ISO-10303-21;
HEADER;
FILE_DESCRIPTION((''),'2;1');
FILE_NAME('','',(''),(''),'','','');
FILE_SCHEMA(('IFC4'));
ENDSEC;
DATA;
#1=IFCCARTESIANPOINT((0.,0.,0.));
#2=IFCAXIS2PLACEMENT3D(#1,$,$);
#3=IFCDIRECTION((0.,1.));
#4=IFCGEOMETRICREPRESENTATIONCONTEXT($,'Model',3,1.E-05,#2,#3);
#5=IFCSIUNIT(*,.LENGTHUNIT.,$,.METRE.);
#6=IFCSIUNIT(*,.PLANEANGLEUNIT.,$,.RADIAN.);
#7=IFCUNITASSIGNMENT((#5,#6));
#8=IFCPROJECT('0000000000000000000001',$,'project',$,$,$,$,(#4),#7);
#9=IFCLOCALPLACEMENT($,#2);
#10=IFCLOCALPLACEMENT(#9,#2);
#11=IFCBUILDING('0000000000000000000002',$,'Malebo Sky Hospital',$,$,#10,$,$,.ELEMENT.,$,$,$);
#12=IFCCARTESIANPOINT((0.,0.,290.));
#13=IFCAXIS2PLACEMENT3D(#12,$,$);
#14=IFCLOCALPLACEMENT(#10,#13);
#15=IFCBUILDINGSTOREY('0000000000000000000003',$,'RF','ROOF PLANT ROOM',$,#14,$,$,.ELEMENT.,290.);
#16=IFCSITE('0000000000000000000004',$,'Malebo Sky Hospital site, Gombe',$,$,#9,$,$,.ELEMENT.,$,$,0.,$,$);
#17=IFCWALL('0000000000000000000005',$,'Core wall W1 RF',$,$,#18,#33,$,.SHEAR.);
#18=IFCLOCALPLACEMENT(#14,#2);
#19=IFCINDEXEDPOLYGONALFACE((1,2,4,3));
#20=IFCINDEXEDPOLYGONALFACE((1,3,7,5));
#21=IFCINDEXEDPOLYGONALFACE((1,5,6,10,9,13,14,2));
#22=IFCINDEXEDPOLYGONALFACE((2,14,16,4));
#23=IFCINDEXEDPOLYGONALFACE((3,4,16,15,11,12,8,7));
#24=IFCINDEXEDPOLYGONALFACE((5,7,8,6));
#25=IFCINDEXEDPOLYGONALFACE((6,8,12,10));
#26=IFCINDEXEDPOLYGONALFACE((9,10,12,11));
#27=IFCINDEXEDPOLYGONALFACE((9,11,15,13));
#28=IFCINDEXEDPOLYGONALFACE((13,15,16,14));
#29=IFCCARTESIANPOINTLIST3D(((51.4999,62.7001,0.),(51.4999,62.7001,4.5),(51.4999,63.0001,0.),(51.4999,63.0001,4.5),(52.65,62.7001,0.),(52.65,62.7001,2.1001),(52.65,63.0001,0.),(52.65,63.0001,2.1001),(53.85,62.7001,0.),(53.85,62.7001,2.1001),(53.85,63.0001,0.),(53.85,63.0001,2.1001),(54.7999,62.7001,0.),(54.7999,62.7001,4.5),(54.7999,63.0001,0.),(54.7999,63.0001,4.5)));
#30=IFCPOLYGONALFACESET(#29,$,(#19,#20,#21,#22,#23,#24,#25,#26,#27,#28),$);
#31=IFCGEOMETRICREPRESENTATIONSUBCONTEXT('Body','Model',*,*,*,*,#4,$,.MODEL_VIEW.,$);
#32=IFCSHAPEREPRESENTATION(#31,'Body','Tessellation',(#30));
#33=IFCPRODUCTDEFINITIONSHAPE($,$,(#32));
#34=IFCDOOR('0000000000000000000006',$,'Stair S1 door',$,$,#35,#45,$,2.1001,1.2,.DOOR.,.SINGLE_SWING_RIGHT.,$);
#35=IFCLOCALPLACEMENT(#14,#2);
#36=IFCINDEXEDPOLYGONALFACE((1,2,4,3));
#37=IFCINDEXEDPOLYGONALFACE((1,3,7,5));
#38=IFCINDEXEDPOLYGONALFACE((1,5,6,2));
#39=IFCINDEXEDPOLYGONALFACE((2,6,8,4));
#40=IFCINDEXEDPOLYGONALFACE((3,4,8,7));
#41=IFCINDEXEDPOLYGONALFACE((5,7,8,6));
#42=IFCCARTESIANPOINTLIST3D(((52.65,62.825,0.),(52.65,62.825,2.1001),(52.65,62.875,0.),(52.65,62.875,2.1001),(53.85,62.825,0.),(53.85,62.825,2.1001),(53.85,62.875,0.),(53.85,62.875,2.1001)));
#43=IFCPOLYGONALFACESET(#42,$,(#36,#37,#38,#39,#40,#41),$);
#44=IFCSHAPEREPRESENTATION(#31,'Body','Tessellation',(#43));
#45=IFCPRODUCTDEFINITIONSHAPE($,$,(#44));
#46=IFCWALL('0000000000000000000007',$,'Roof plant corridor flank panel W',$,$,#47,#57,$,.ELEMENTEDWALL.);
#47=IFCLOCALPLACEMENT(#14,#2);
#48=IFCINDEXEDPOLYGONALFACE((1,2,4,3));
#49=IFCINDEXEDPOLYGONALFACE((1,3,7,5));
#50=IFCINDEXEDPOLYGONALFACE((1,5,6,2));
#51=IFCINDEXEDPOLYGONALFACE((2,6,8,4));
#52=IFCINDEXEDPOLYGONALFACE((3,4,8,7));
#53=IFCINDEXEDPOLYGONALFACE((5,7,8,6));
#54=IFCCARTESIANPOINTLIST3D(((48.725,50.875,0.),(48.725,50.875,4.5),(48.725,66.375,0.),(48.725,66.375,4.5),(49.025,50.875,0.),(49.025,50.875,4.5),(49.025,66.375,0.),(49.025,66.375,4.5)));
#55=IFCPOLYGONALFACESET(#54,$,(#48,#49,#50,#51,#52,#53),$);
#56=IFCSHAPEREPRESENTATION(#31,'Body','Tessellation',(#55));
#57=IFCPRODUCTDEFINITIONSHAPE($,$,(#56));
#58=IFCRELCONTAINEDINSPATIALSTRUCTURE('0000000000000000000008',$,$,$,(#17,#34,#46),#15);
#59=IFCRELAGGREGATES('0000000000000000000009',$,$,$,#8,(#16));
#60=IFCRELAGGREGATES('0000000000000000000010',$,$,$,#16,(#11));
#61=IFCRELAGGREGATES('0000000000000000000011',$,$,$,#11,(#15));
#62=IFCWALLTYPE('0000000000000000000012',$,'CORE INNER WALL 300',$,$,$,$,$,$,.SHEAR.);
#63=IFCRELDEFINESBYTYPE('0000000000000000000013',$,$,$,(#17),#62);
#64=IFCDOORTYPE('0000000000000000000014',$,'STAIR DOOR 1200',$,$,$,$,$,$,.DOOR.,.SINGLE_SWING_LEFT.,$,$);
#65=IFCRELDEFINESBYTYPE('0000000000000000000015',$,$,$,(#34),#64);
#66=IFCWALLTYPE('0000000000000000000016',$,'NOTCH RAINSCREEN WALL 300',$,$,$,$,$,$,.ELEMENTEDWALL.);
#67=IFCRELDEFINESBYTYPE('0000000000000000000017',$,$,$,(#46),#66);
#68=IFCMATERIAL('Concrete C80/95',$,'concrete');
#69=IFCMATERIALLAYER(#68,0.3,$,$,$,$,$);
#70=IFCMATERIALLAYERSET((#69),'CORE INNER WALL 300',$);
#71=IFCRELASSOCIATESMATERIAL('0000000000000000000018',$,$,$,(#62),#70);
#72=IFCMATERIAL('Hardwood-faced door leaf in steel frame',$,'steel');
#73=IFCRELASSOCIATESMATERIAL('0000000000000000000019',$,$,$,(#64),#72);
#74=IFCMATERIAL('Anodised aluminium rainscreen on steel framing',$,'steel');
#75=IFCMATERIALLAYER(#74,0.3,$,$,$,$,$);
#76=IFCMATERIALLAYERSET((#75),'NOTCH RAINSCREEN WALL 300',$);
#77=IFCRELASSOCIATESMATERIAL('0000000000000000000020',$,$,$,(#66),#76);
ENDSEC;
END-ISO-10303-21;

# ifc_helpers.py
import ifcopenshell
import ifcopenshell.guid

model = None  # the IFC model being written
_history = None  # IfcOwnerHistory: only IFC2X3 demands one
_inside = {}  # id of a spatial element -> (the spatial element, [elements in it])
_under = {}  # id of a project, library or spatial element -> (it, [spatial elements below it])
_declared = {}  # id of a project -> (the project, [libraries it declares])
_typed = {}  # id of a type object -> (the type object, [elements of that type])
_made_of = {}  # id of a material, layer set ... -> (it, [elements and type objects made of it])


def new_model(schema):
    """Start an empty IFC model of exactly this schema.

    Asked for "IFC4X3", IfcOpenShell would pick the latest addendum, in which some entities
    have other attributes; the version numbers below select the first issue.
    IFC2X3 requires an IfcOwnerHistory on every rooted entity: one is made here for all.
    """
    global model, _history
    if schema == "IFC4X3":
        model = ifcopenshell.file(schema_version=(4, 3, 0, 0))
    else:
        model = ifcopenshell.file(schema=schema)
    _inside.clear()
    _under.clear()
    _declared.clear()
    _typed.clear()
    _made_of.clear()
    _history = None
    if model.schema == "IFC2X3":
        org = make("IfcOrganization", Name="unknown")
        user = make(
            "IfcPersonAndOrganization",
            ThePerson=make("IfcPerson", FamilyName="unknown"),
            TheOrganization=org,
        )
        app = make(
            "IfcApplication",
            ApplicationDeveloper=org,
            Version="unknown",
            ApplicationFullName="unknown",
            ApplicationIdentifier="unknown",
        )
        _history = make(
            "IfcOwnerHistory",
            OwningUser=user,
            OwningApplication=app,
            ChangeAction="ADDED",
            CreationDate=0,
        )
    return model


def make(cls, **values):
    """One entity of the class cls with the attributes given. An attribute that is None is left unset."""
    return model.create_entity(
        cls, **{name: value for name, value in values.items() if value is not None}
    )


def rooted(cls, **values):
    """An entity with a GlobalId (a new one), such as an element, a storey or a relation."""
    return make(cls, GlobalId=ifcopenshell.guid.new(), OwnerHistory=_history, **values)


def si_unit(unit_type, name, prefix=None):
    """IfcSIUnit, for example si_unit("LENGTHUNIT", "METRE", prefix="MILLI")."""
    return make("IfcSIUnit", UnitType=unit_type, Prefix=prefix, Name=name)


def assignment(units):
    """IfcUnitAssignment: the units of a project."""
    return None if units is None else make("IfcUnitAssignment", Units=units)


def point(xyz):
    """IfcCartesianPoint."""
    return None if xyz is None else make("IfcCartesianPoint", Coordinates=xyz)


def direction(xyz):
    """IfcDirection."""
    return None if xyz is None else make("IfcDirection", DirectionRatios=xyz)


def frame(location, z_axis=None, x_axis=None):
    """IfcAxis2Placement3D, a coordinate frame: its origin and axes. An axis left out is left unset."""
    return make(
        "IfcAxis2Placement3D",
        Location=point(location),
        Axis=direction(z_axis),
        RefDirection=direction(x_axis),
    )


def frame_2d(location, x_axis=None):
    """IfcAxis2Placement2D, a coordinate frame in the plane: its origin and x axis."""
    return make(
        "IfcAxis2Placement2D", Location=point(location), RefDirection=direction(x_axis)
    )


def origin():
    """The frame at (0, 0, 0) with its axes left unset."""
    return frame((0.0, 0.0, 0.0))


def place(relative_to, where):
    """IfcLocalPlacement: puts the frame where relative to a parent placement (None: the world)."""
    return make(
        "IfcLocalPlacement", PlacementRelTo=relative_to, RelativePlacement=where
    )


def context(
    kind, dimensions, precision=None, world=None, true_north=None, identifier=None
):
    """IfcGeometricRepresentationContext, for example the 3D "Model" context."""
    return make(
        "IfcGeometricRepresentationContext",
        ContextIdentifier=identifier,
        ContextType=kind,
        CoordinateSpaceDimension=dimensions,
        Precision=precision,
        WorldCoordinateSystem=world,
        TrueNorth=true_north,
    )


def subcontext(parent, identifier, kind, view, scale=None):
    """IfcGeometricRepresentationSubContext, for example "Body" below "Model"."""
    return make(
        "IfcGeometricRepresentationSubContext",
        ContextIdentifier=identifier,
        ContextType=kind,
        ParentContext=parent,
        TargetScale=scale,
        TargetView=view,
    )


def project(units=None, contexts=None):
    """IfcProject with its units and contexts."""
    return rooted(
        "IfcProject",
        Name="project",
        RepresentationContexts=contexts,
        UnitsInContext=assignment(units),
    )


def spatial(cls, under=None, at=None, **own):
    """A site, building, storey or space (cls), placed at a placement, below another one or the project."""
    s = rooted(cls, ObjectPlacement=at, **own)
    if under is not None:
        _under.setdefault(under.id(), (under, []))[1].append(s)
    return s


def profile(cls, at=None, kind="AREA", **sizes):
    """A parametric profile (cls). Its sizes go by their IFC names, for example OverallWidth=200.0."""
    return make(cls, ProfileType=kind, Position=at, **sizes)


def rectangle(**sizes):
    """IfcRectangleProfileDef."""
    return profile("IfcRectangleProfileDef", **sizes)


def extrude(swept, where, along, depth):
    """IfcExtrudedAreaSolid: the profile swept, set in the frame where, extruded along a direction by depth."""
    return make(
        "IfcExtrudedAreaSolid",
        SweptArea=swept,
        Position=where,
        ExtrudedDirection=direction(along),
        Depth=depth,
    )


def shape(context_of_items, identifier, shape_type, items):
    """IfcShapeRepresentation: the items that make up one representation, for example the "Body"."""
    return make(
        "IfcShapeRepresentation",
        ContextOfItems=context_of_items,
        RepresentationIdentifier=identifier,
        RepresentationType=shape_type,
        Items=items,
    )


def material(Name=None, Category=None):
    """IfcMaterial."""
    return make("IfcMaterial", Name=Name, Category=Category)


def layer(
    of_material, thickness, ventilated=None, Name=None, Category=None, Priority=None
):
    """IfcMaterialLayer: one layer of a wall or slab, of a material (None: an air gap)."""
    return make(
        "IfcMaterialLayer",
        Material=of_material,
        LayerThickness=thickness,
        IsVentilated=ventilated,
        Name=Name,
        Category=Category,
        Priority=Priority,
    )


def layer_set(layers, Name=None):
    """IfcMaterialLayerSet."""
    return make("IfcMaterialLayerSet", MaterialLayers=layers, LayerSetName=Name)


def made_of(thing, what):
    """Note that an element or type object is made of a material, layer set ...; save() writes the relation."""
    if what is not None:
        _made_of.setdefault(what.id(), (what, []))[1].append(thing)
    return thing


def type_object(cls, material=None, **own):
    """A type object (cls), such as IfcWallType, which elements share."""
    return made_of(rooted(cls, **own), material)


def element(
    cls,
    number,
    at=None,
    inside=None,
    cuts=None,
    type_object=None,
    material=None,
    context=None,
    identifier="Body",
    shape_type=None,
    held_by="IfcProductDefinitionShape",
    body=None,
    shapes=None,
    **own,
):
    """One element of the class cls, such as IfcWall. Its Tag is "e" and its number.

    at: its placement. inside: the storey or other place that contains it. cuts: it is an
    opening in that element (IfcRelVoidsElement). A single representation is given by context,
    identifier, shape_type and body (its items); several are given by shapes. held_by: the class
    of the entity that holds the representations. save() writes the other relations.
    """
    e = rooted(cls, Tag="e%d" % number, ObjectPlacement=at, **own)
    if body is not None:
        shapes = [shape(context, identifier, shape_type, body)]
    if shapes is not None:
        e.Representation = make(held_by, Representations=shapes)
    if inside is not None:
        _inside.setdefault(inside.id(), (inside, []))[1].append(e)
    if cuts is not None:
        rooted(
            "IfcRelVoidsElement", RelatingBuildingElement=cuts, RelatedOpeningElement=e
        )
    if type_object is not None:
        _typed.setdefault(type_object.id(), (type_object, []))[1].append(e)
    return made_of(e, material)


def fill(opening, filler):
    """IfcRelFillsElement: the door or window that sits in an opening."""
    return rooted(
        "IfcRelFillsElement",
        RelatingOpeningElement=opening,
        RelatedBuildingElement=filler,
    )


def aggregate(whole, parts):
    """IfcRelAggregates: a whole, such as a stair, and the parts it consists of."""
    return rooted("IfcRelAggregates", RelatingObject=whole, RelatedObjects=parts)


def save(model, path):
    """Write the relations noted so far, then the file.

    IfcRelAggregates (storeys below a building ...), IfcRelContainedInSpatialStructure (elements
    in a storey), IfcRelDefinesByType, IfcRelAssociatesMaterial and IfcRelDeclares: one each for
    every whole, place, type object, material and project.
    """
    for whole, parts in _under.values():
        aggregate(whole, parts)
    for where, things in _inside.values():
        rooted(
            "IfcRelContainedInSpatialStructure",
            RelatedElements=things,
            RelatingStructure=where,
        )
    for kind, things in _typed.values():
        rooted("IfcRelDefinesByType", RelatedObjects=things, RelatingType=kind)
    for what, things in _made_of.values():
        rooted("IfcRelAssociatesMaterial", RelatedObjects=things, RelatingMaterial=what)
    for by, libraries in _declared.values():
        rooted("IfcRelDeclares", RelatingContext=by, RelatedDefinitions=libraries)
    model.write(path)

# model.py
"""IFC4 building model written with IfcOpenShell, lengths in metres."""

from ifc_helpers import new_model, si_unit, direction, frame, frame_2d, origin, place, context, subcontext, project, spatial, rectangle, extrude, material, layer, layer_set, type_object, element, fill, save


model = new_model("IFC4")

# Units and contexts
model_context = context("Model", 3, precision=1e-05, world=origin(), true_north=direction((0.0, 1.0)))
body_context = subcontext(model_context, "Body", "Model", "MODEL_VIEW")
ifc_project = project(units=[si_unit("LENGTHUNIT", "METRE"), si_unit("PLANEANGLEUNIT", "RADIAN")], contexts=[model_context])

# Site, building, storey
site_placement = place(None, origin())
site = spatial("IfcSite", under=ifc_project, at=site_placement, Name="Malebo Sky Hospital site, Gombe", CompositionType="ELEMENT", RefElevation=0.0)
building_placement = place(site_placement, origin())
building = spatial("IfcBuilding", under=site, at=building_placement, Name="Malebo Sky Hospital", CompositionType="ELEMENT")
storey_placement = place(building_placement, frame((0.0, 0.0, 290.0)))
storey = spatial("IfcBuildingStorey", under=building, at=storey_placement, Name="RF", Description="ROOF PLANT ROOM", CompositionType="ELEMENT", Elevation=290.0)

# Shared definitions
ifc_material_1 = material(Name="Concrete C80/95", Category="concrete")

# Wall, opening, door
ifc_layer_1 = layer(ifc_material_1, 0.3)
ifc_layer_set_1 = layer_set([ifc_layer_1], Name="CORE INNER WALL 300")
wall_type_1 = type_object("IfcWallType", Name="CORE INNER WALL 300", PredefinedType="SHEAR", material=ifc_layer_set_1)
wall_1_placement = place(storey_placement, frame((51.5, 62.8501, 0.0), z_axis=(0.0, 0.0, 1.0), x_axis=(1.0, 0.0, 0.0)))
wall_1 = element("IfcWall", 1, at=wall_1_placement, inside=storey, type_object=wall_type_1, Name="Core wall W1 RF", PredefinedType="SHEAR", context=body_context, shape_type="SweptSolid", body=[
    extrude(rectangle(XDim=3.3, YDim=0.3, at=frame_2d((1.6499, 0.0))), origin(), (0.0, 0.0, 1.0), 4.5),
])
opening_placement = place(wall_1_placement, frame((1.1499, 0.0, 0.0)))
opening = element("IfcOpeningElement", 2, at=opening_placement, cuts=wall_1, PredefinedType="OPENING", context=body_context, shape_type="SweptSolid", body=[
    extrude(rectangle(XDim=1.2, YDim=2.1001, at=frame_2d((0.6001, 1.05))), frame((0.0, 0.1599, 0.0), z_axis=(0.0, -1.0, 0.0), x_axis=(1.0, 0.0, 0.0)), (0.0, 0.0, 1.0), 0.3201),
])
ifc_material_2 = material(Name="Hardwood-faced door leaf in steel frame", Category="steel")
door_type = type_object("IfcDoorType", Name="STAIR DOOR 1200", OperationType="SINGLE_SWING_LEFT", PredefinedType="DOOR", material=ifc_material_2)
door_placement = place(opening_placement, origin())
door = element("IfcDoor", 3, at=door_placement, inside=storey, type_object=door_type, Name="Stair S1 door", OperationType="SINGLE_SWING_RIGHT", OverallHeight=2.1001, OverallWidth=1.2, PredefinedType="DOOR", context=body_context, shape_type="SweptSolid", body=[
    extrude(rectangle(XDim=1.2, YDim=2.1001, at=frame_2d((0.6001, 1.05))), frame((0.0, 0.0249, 0.0), z_axis=(0.0, -1.0, 0.0), x_axis=(1.0, 0.0, 0.0)), (0.0, 0.0, 1.0), 0.05),
])
fill(opening, door)

# Wall
ifc_material_3 = material(Name="Anodised aluminium rainscreen on steel framing", Category="steel")
ifc_layer_2 = layer(ifc_material_3, 0.3)
ifc_layer_set_2 = layer_set([ifc_layer_2], Name="NOTCH RAINSCREEN WALL 300")
wall_type_2 = type_object("IfcWallType", Name="NOTCH RAINSCREEN WALL 300", PredefinedType="ELEMENTEDWALL", material=ifc_layer_set_2)
wall_2_placement = place(storey_placement, frame((48.875, 66.375, 0.0), z_axis=(0.0, 0.0, 1.0), x_axis=(0.0, -1.0, 0.0)))
element("IfcWall", 4, at=wall_2_placement, inside=storey, type_object=wall_type_2, Name="Roof plant corridor flank panel W", PredefinedType="ELEMENTEDWALL", context=body_context, shape_type="SweptSolid", body=[
    extrude(rectangle(XDim=15.5, YDim=0.3, at=frame_2d((7.75, 0.0))), origin(), (0.0, 0.0, 1.0), 4.5),
])

save(model, "model.ifc")
